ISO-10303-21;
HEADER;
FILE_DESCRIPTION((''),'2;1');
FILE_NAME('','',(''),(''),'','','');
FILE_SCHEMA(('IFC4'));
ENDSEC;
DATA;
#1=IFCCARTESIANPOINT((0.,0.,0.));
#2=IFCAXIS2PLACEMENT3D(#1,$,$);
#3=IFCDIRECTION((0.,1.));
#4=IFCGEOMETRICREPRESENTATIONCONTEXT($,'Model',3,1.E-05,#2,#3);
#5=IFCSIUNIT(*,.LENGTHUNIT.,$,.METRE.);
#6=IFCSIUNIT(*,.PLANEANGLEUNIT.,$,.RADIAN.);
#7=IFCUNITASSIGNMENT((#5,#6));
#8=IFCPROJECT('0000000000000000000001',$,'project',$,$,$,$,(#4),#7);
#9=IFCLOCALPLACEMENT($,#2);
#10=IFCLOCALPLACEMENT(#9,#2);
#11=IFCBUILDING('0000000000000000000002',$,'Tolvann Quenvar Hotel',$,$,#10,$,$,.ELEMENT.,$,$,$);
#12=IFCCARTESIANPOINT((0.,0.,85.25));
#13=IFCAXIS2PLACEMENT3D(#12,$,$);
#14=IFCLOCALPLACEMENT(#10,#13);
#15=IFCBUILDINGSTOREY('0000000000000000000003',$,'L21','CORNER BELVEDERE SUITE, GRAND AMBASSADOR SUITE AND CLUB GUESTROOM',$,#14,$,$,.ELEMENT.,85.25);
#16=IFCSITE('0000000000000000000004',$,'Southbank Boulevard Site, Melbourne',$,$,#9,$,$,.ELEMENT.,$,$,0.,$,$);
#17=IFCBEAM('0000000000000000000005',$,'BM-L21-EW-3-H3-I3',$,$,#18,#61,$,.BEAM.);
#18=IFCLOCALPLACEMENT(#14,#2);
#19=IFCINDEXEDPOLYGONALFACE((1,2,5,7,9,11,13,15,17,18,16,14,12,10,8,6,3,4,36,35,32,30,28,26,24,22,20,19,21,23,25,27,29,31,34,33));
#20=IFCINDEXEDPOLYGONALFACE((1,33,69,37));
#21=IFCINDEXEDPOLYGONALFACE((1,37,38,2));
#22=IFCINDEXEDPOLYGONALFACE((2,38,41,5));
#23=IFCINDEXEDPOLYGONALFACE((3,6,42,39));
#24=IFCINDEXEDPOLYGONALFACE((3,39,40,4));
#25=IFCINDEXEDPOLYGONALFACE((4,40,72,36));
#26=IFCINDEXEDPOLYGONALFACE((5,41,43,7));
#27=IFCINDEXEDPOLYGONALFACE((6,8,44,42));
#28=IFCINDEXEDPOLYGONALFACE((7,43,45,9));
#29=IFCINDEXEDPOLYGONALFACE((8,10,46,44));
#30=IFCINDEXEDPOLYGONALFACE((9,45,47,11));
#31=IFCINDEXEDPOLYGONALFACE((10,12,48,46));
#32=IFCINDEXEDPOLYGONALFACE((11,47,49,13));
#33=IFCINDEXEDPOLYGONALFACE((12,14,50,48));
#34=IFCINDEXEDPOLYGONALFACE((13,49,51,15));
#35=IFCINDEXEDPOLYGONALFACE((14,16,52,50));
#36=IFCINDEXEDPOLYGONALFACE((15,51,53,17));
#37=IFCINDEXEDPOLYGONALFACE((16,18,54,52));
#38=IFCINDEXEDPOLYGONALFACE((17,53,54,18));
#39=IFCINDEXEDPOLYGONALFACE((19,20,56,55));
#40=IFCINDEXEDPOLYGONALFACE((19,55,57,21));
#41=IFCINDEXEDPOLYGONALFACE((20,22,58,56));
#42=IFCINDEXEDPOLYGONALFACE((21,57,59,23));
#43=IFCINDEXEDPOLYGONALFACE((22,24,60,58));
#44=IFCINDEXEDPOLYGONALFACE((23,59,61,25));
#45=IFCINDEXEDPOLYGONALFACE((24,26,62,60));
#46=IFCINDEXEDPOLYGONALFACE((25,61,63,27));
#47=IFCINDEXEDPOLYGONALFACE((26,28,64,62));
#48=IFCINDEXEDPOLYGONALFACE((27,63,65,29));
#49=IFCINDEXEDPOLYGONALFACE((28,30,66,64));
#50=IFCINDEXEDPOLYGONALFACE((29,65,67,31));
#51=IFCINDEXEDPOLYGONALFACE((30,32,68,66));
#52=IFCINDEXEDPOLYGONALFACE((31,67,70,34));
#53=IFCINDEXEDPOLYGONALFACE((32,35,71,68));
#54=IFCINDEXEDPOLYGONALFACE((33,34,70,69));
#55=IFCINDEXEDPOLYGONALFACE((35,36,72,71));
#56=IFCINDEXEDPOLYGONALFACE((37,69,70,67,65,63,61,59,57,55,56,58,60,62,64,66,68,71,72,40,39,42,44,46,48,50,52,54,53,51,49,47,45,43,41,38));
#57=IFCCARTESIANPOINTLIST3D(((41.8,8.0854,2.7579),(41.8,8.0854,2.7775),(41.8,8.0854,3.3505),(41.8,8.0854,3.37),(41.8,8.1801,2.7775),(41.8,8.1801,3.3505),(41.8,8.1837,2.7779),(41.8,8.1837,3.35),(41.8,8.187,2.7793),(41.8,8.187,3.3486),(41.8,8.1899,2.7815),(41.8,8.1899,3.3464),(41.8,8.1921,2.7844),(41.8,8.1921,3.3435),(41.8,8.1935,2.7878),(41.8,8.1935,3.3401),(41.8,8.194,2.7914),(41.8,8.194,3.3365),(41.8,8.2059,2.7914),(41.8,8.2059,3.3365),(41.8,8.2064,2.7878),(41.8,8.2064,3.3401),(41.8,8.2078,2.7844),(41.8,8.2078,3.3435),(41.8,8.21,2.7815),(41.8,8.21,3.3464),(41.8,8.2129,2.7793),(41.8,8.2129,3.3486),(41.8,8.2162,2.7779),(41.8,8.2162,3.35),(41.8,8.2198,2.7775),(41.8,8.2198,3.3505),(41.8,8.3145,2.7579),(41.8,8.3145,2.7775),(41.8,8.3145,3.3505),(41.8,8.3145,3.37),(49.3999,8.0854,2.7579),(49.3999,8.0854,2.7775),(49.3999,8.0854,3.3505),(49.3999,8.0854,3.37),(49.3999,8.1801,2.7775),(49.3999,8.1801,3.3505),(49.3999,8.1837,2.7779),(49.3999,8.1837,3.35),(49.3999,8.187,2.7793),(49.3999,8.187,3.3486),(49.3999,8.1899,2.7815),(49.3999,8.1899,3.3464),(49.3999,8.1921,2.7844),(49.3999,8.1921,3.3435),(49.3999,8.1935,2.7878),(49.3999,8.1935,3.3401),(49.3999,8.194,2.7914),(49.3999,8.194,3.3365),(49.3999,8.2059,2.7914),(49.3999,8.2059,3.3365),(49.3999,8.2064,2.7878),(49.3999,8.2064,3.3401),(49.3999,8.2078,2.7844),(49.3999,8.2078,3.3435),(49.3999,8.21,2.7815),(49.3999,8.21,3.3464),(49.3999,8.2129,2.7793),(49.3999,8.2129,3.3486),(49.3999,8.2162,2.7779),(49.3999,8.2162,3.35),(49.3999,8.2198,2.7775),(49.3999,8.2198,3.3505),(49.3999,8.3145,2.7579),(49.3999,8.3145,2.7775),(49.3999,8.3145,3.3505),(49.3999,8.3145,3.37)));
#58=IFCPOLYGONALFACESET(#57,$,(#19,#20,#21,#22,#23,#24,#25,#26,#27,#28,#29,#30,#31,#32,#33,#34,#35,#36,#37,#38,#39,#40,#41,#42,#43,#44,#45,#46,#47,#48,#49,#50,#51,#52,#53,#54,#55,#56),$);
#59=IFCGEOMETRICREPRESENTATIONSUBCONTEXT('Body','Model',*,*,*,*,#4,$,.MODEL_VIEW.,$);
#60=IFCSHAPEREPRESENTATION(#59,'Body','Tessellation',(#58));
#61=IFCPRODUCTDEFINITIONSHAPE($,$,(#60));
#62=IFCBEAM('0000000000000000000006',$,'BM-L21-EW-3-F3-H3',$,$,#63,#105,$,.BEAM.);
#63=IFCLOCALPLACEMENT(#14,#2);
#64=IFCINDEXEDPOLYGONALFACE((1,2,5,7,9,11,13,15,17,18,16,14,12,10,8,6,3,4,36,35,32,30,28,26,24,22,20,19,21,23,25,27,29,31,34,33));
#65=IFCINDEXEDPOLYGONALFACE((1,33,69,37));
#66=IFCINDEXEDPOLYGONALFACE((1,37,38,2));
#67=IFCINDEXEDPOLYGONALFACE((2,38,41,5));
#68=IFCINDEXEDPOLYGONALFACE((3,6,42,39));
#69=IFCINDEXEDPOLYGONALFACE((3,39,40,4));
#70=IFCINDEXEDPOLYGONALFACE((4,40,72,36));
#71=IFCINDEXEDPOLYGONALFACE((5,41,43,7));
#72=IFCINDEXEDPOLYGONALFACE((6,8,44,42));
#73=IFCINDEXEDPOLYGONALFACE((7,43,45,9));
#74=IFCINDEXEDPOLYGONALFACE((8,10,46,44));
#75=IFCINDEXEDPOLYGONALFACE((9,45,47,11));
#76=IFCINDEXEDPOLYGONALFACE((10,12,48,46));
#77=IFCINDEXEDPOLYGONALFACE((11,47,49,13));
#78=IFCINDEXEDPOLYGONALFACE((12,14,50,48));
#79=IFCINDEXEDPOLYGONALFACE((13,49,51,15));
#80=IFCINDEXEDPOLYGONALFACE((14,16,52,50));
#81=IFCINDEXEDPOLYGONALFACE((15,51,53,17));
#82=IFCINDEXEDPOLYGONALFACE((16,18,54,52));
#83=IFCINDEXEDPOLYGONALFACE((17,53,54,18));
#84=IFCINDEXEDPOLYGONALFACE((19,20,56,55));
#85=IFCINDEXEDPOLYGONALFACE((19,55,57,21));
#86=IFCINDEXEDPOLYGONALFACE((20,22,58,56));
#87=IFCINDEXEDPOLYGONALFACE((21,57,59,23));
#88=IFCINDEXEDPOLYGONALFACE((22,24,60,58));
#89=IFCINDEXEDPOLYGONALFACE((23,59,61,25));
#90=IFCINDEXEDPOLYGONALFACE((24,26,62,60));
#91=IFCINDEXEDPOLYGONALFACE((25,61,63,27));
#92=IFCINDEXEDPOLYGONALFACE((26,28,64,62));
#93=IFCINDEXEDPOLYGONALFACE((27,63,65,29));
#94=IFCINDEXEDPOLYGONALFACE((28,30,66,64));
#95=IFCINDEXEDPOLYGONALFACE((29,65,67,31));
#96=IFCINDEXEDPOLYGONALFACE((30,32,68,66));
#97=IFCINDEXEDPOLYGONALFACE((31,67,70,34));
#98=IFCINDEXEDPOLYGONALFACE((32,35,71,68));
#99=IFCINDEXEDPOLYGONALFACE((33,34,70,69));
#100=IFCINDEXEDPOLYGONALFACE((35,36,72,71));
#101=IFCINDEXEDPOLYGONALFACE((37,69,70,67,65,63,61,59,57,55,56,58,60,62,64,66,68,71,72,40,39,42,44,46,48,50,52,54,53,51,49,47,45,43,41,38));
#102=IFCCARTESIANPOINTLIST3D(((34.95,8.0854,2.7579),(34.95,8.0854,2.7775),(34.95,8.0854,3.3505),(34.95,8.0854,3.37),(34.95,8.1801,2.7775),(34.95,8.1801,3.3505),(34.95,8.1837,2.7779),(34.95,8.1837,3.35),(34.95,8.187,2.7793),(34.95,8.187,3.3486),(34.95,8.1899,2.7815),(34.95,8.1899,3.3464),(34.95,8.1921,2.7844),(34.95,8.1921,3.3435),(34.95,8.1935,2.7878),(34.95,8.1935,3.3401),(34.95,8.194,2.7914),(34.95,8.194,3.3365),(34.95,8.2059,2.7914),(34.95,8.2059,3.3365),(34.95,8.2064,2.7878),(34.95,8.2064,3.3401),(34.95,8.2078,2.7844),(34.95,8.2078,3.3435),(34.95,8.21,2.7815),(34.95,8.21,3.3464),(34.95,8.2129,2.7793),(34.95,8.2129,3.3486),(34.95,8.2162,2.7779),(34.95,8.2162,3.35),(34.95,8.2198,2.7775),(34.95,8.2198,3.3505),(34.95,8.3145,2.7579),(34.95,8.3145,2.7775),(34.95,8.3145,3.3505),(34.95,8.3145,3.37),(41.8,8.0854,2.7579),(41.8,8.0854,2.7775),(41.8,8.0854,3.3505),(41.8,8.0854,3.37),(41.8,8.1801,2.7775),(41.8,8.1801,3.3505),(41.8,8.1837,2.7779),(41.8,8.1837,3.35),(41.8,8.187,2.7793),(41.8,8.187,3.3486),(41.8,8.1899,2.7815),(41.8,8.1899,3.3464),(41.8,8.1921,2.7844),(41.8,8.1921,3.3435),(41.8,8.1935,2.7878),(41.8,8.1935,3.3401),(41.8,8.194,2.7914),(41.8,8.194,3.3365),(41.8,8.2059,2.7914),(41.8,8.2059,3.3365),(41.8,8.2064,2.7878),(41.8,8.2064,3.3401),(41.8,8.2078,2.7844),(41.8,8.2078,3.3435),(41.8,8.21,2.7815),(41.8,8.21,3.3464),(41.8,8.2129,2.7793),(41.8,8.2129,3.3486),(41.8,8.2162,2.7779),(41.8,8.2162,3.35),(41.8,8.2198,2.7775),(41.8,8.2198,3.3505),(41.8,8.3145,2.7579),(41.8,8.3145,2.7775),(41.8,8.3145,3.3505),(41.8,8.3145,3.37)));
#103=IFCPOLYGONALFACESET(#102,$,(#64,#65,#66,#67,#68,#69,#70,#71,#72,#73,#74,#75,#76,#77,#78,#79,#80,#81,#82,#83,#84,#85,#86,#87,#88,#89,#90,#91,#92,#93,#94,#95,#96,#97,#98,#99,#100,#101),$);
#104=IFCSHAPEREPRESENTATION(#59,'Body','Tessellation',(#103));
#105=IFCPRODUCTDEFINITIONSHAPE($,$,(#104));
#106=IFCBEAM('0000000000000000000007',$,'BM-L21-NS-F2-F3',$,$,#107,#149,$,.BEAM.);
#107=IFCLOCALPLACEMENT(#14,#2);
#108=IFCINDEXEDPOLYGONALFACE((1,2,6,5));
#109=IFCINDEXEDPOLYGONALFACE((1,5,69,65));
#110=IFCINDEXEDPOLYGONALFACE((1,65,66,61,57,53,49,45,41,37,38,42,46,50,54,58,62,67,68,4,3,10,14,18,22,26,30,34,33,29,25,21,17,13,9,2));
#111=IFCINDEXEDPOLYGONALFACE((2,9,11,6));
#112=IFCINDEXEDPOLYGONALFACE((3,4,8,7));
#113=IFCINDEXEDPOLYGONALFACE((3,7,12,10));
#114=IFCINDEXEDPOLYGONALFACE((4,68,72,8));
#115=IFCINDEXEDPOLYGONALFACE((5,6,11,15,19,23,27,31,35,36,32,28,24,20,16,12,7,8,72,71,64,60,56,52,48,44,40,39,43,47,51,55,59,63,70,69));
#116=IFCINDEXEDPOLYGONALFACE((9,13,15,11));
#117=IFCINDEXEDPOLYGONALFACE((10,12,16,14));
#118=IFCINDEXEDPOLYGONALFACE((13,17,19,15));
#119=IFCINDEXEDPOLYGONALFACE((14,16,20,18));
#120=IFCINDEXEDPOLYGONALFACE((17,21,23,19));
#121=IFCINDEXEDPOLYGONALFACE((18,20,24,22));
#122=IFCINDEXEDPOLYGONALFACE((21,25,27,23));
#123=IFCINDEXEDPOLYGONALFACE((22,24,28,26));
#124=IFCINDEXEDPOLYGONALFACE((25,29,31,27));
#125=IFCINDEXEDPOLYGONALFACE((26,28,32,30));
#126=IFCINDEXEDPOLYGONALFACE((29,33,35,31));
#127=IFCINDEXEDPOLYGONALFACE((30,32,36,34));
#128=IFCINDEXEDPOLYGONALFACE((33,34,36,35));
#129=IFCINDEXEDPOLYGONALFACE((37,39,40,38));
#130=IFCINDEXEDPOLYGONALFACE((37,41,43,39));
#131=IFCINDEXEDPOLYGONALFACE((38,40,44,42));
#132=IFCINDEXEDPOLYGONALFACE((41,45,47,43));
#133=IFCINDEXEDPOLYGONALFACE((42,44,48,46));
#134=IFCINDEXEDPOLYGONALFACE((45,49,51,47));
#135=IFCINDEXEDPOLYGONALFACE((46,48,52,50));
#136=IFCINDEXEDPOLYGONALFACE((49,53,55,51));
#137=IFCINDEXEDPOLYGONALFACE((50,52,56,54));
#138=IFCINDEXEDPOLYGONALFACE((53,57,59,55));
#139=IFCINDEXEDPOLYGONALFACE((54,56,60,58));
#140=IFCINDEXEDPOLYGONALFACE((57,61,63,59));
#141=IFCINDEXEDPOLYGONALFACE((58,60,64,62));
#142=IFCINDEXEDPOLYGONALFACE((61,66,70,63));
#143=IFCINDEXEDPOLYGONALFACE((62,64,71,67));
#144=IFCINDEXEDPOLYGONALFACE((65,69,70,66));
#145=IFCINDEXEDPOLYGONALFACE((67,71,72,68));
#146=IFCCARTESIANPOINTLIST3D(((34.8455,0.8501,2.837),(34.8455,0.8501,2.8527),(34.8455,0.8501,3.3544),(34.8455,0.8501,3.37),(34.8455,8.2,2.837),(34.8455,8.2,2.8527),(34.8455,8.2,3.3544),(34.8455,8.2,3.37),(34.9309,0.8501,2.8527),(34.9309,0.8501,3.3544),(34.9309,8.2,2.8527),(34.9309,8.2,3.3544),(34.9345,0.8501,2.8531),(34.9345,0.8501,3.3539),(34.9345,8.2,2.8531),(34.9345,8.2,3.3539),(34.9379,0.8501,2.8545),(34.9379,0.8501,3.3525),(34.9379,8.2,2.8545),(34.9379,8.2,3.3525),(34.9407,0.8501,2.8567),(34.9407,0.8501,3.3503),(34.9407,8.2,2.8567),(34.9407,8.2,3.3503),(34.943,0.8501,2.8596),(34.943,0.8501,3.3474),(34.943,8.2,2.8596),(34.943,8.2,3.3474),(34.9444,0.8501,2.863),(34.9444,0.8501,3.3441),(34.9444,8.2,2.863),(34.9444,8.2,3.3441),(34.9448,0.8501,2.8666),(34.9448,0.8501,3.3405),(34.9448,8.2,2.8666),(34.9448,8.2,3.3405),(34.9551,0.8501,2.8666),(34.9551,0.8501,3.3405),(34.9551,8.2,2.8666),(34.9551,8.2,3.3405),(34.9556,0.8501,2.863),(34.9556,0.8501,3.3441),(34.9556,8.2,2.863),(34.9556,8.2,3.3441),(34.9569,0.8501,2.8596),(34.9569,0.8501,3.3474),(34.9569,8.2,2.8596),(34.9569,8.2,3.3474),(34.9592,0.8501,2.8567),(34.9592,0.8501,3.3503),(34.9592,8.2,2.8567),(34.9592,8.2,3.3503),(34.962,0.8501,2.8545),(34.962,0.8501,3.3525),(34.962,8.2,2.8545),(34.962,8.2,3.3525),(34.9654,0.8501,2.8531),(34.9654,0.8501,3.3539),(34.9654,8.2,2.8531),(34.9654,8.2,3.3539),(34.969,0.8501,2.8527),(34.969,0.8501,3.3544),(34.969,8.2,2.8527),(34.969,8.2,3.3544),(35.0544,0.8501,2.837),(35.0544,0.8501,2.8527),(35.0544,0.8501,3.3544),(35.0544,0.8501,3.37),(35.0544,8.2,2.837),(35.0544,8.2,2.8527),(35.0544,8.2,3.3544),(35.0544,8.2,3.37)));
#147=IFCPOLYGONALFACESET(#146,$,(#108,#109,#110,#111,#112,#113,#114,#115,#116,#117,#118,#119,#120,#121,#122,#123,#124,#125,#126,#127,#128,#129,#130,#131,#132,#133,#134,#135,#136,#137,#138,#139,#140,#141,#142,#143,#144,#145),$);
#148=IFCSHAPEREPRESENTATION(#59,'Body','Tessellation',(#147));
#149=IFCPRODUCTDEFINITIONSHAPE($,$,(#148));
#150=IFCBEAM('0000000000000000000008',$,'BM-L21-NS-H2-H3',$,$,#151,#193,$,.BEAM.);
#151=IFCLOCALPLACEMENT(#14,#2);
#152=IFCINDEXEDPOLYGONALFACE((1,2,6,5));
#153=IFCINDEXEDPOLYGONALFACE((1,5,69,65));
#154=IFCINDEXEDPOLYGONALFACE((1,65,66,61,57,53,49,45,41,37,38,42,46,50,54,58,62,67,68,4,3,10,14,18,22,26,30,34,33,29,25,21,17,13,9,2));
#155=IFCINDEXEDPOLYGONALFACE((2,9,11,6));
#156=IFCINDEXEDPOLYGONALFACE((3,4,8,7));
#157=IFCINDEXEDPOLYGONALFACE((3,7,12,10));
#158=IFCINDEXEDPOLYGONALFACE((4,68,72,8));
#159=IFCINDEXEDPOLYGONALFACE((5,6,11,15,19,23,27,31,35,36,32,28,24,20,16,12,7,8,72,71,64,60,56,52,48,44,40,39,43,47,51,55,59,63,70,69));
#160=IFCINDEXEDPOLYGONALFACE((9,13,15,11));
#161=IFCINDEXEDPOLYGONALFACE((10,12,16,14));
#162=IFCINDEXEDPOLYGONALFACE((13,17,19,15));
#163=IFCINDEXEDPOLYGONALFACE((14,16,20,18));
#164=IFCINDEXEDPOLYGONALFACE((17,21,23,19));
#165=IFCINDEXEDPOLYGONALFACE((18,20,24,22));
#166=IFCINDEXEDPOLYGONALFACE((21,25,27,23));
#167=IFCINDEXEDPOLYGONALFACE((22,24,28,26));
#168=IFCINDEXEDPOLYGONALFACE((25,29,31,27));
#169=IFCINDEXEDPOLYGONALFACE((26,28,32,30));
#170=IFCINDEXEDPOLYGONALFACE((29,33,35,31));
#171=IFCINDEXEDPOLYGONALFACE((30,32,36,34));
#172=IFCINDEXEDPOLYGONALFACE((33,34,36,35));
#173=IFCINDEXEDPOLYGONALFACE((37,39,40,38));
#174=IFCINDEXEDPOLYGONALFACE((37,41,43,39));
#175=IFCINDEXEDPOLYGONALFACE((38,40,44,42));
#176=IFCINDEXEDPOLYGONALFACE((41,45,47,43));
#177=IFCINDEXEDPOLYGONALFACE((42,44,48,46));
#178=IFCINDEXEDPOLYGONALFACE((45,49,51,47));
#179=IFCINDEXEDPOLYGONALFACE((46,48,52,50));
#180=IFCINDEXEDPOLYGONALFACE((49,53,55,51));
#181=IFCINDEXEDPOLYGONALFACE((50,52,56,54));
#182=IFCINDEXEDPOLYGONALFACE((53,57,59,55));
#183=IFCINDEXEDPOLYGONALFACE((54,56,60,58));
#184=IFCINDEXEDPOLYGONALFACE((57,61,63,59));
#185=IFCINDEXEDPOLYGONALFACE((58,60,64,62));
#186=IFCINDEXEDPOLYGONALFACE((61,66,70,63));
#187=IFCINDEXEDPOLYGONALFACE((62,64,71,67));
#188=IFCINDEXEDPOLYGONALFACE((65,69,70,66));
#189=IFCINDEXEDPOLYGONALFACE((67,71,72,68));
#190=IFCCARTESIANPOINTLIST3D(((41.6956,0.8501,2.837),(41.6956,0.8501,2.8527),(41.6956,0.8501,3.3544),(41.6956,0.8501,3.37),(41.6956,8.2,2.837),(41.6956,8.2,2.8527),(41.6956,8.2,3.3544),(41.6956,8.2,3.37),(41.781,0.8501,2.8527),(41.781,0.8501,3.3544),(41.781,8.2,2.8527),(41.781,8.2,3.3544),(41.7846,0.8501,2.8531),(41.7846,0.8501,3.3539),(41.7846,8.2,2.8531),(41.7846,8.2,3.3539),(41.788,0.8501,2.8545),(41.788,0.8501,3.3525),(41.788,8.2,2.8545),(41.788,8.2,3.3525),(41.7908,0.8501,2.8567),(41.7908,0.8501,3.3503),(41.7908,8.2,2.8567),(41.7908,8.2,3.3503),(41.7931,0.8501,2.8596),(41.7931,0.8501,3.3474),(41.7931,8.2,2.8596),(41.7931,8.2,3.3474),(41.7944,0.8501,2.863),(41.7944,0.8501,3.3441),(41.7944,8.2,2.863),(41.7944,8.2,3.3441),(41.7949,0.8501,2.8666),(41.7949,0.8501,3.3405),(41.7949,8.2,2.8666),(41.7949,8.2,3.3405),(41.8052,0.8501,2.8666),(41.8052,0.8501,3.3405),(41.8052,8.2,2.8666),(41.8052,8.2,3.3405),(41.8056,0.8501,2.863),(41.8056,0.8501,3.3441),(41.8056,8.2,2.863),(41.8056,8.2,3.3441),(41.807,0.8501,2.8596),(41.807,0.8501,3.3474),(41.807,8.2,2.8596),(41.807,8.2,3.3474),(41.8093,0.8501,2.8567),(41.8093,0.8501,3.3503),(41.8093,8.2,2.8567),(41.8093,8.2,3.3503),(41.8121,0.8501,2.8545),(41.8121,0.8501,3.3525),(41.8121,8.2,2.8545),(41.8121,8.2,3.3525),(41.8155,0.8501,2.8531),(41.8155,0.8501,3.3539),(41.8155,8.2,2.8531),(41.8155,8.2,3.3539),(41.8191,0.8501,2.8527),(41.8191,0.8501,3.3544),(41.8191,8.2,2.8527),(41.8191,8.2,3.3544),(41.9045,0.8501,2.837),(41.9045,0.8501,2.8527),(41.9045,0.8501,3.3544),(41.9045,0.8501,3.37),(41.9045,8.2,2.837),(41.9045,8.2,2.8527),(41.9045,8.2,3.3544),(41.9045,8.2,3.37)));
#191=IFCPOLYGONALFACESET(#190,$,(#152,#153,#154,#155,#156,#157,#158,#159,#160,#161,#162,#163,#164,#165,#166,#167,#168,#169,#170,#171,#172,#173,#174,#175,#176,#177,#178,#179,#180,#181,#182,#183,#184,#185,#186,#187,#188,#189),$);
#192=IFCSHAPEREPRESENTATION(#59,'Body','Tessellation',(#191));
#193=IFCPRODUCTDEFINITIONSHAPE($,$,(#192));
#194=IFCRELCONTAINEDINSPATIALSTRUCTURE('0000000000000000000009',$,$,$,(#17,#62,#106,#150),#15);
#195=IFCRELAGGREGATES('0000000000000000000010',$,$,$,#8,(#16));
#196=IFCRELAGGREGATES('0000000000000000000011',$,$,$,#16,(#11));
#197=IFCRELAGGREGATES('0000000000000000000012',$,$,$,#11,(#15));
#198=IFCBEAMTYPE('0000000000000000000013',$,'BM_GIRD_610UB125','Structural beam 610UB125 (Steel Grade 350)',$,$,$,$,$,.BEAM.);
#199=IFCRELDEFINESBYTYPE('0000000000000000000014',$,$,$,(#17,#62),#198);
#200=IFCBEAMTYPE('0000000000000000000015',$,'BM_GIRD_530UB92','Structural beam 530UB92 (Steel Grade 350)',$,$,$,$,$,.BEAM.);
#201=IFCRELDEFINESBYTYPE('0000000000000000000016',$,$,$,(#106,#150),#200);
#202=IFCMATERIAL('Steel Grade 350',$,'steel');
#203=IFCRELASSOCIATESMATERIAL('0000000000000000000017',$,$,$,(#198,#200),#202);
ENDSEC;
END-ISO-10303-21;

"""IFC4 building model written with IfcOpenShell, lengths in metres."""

from ifc_helpers import new_model, si_unit, direction, frame, origin, origin_2d, place, context, subcontext, project, spatial, i_section, extrude, source, transform, mapped, material, material_profile, profile_set, type_object, type_shapes, element, save


model = new_model("IFC4")

# Units and contexts
model_context = context("Model", 3, precision=1e-05, world=origin(), true_north=direction((0.0, 1.0)))
body_context = subcontext(model_context, "Body", "Model", "MODEL_VIEW")
ifc_project = project(units=[si_unit("LENGTHUNIT", "METRE"), si_unit("PLANEANGLEUNIT", "RADIAN")], contexts=[model_context])

# Site, building, storey
site_placement = place(None, origin())
site = spatial("IfcSite", under=ifc_project, at=site_placement, Name="Southbank Boulevard Site, Melbourne", CompositionType="ELEMENT", RefElevation=0.0)
building_placement = place(site_placement, origin())
building = spatial("IfcBuilding", under=site, at=building_placement, Name="Tolvann Quenvar Hotel", CompositionType="ELEMENT")
storey_placement = place(building_placement, frame((0.0, 0.0, 85.25)))
storey = spatial("IfcBuildingStorey", under=building, at=storey_placement, Name="L21", Description="CORNER BELVEDERE SUITE, GRAND AMBASSADOR SUITE AND CLUB GUESTROOM", CompositionType="ELEMENT", Elevation=85.25)

# Shared definitions
ifc_material_1 = material(Name="Steel Grade 350", Category="steel")

# Beams
ifc_material_profile_1 = material_profile(ifc_material_1, i_section(OverallWidth=0.229, OverallDepth=0.6121, WebThickness=0.012, FlangeThickness=0.0195, FilletRadius=0.0139, at=origin_2d()), Name="610UB125")
ifc_profile_set_1 = profile_set([ifc_material_profile_1], Name="Steel Grade 350")
beam_type_1 = type_object("IfcBeamType", Name="BM_GIRD_610UB125", Description="Structural beam 610UB125 (Steel Grade 350)", PredefinedType="BEAM", material=ifc_profile_set_1)
shared_shape_1 = source(origin(), body_context, "Body", "SweptSolid", [
    extrude(i_section(OverallWidth=0.229, OverallDepth=0.6121, WebThickness=0.012, FlangeThickness=0.0195, FilletRadius=0.0139, at=origin_2d()), origin(), (0.0, 0.0, 1.0), 7.5999),
])
beam_1_placement = place(storey_placement, frame((41.8, 8.2, 3.064), z_axis=(1.0, 0.0, 0.0), x_axis=(0.0, 1.0, 0.0)))
element("IfcBeam", 1, at=beam_1_placement, inside=storey, type_object=beam_type_1, Name="BM-L21-EW-3-H3-I3", PredefinedType="BEAM", context=body_context, shape_type="MappedRepresentation", body=[
    mapped(shared_shape_1, transform((0.0, 0.0, 0.0), x_axis=(1.0, 0.0, 0.0), y_axis=(0.0, 1.0, 0.0), z_axis=(0.0, 0.0, 1.0), scale=1.0)),
])
shared_shape_2 = source(origin(), body_context, "Body", "SweptSolid", [
    extrude(i_section(OverallWidth=0.229, OverallDepth=0.6121, WebThickness=0.012, FlangeThickness=0.0195, FilletRadius=0.0139, at=origin_2d()), origin(), (0.0, 0.0, 1.0), 6.8501),
])
type_shapes(beam_type_1, [shared_shape_1, shared_shape_2])
beam_2_placement = place(storey_placement, frame((34.95, 8.2, 3.064), z_axis=(1.0, 0.0, 0.0), x_axis=(0.0, 1.0, 0.0)))
element("IfcBeam", 2, at=beam_2_placement, inside=storey, type_object=beam_type_1, Name="BM-L21-EW-3-F3-H3", PredefinedType="BEAM", context=body_context, shape_type="MappedRepresentation", body=[
    mapped(shared_shape_2, transform((0.0, 0.0, 0.0), x_axis=(1.0, 0.0, 0.0), y_axis=(0.0, 1.0, 0.0), z_axis=(0.0, 0.0, 1.0), scale=1.0)),
])
ifc_material_profile_2 = material_profile(ifc_material_1, i_section(OverallWidth=0.209, OverallDepth=0.533, WebThickness=0.0103, FlangeThickness=0.0156, FilletRadius=0.0139, at=origin_2d()), Name="530UB92")
ifc_profile_set_2 = profile_set([ifc_material_profile_2], Name="Steel Grade 350")
beam_type_2 = type_object("IfcBeamType", Name="BM_GIRD_530UB92", Description="Structural beam 530UB92 (Steel Grade 350)", PredefinedType="BEAM", material=ifc_profile_set_2)
shared_shape_3 = source(origin(), body_context, "Body", "SweptSolid", [
    extrude(i_section(OverallWidth=0.209, OverallDepth=0.533, WebThickness=0.0103, FlangeThickness=0.0156, FilletRadius=0.0139, at=origin_2d()), origin(), (0.0, 0.0, 1.0), 7.3499),
])
for number, where, z_axis, x_axis, name in (
    (3, (34.95, 0.8501, 3.1035), (0.0, 1.0, 0.0), (-1.0, 0.0, 0.0), "BM-L21-NS-F2-F3"),
    (4, (41.8, 0.8501, 3.1035), (0.0, 1.0, 0.0), (-1.0, 0.0, 0.0), "BM-L21-NS-H2-H3"),
):
    element("IfcBeam", number, at=place(storey_placement, frame(where, z_axis=z_axis, x_axis=x_axis)), inside=storey, type_object=beam_type_2, Name=name, PredefinedType="BEAM", context=body_context, shape_type="MappedRepresentation", body=[
        mapped(shared_shape_3, transform((0.0, 0.0, 0.0), x_axis=(1.0, 0.0, 0.0), y_axis=(0.0, 1.0, 0.0), z_axis=(0.0, 0.0, 1.0), scale=1.0)),
    ])

save(model, "model.ifc")
